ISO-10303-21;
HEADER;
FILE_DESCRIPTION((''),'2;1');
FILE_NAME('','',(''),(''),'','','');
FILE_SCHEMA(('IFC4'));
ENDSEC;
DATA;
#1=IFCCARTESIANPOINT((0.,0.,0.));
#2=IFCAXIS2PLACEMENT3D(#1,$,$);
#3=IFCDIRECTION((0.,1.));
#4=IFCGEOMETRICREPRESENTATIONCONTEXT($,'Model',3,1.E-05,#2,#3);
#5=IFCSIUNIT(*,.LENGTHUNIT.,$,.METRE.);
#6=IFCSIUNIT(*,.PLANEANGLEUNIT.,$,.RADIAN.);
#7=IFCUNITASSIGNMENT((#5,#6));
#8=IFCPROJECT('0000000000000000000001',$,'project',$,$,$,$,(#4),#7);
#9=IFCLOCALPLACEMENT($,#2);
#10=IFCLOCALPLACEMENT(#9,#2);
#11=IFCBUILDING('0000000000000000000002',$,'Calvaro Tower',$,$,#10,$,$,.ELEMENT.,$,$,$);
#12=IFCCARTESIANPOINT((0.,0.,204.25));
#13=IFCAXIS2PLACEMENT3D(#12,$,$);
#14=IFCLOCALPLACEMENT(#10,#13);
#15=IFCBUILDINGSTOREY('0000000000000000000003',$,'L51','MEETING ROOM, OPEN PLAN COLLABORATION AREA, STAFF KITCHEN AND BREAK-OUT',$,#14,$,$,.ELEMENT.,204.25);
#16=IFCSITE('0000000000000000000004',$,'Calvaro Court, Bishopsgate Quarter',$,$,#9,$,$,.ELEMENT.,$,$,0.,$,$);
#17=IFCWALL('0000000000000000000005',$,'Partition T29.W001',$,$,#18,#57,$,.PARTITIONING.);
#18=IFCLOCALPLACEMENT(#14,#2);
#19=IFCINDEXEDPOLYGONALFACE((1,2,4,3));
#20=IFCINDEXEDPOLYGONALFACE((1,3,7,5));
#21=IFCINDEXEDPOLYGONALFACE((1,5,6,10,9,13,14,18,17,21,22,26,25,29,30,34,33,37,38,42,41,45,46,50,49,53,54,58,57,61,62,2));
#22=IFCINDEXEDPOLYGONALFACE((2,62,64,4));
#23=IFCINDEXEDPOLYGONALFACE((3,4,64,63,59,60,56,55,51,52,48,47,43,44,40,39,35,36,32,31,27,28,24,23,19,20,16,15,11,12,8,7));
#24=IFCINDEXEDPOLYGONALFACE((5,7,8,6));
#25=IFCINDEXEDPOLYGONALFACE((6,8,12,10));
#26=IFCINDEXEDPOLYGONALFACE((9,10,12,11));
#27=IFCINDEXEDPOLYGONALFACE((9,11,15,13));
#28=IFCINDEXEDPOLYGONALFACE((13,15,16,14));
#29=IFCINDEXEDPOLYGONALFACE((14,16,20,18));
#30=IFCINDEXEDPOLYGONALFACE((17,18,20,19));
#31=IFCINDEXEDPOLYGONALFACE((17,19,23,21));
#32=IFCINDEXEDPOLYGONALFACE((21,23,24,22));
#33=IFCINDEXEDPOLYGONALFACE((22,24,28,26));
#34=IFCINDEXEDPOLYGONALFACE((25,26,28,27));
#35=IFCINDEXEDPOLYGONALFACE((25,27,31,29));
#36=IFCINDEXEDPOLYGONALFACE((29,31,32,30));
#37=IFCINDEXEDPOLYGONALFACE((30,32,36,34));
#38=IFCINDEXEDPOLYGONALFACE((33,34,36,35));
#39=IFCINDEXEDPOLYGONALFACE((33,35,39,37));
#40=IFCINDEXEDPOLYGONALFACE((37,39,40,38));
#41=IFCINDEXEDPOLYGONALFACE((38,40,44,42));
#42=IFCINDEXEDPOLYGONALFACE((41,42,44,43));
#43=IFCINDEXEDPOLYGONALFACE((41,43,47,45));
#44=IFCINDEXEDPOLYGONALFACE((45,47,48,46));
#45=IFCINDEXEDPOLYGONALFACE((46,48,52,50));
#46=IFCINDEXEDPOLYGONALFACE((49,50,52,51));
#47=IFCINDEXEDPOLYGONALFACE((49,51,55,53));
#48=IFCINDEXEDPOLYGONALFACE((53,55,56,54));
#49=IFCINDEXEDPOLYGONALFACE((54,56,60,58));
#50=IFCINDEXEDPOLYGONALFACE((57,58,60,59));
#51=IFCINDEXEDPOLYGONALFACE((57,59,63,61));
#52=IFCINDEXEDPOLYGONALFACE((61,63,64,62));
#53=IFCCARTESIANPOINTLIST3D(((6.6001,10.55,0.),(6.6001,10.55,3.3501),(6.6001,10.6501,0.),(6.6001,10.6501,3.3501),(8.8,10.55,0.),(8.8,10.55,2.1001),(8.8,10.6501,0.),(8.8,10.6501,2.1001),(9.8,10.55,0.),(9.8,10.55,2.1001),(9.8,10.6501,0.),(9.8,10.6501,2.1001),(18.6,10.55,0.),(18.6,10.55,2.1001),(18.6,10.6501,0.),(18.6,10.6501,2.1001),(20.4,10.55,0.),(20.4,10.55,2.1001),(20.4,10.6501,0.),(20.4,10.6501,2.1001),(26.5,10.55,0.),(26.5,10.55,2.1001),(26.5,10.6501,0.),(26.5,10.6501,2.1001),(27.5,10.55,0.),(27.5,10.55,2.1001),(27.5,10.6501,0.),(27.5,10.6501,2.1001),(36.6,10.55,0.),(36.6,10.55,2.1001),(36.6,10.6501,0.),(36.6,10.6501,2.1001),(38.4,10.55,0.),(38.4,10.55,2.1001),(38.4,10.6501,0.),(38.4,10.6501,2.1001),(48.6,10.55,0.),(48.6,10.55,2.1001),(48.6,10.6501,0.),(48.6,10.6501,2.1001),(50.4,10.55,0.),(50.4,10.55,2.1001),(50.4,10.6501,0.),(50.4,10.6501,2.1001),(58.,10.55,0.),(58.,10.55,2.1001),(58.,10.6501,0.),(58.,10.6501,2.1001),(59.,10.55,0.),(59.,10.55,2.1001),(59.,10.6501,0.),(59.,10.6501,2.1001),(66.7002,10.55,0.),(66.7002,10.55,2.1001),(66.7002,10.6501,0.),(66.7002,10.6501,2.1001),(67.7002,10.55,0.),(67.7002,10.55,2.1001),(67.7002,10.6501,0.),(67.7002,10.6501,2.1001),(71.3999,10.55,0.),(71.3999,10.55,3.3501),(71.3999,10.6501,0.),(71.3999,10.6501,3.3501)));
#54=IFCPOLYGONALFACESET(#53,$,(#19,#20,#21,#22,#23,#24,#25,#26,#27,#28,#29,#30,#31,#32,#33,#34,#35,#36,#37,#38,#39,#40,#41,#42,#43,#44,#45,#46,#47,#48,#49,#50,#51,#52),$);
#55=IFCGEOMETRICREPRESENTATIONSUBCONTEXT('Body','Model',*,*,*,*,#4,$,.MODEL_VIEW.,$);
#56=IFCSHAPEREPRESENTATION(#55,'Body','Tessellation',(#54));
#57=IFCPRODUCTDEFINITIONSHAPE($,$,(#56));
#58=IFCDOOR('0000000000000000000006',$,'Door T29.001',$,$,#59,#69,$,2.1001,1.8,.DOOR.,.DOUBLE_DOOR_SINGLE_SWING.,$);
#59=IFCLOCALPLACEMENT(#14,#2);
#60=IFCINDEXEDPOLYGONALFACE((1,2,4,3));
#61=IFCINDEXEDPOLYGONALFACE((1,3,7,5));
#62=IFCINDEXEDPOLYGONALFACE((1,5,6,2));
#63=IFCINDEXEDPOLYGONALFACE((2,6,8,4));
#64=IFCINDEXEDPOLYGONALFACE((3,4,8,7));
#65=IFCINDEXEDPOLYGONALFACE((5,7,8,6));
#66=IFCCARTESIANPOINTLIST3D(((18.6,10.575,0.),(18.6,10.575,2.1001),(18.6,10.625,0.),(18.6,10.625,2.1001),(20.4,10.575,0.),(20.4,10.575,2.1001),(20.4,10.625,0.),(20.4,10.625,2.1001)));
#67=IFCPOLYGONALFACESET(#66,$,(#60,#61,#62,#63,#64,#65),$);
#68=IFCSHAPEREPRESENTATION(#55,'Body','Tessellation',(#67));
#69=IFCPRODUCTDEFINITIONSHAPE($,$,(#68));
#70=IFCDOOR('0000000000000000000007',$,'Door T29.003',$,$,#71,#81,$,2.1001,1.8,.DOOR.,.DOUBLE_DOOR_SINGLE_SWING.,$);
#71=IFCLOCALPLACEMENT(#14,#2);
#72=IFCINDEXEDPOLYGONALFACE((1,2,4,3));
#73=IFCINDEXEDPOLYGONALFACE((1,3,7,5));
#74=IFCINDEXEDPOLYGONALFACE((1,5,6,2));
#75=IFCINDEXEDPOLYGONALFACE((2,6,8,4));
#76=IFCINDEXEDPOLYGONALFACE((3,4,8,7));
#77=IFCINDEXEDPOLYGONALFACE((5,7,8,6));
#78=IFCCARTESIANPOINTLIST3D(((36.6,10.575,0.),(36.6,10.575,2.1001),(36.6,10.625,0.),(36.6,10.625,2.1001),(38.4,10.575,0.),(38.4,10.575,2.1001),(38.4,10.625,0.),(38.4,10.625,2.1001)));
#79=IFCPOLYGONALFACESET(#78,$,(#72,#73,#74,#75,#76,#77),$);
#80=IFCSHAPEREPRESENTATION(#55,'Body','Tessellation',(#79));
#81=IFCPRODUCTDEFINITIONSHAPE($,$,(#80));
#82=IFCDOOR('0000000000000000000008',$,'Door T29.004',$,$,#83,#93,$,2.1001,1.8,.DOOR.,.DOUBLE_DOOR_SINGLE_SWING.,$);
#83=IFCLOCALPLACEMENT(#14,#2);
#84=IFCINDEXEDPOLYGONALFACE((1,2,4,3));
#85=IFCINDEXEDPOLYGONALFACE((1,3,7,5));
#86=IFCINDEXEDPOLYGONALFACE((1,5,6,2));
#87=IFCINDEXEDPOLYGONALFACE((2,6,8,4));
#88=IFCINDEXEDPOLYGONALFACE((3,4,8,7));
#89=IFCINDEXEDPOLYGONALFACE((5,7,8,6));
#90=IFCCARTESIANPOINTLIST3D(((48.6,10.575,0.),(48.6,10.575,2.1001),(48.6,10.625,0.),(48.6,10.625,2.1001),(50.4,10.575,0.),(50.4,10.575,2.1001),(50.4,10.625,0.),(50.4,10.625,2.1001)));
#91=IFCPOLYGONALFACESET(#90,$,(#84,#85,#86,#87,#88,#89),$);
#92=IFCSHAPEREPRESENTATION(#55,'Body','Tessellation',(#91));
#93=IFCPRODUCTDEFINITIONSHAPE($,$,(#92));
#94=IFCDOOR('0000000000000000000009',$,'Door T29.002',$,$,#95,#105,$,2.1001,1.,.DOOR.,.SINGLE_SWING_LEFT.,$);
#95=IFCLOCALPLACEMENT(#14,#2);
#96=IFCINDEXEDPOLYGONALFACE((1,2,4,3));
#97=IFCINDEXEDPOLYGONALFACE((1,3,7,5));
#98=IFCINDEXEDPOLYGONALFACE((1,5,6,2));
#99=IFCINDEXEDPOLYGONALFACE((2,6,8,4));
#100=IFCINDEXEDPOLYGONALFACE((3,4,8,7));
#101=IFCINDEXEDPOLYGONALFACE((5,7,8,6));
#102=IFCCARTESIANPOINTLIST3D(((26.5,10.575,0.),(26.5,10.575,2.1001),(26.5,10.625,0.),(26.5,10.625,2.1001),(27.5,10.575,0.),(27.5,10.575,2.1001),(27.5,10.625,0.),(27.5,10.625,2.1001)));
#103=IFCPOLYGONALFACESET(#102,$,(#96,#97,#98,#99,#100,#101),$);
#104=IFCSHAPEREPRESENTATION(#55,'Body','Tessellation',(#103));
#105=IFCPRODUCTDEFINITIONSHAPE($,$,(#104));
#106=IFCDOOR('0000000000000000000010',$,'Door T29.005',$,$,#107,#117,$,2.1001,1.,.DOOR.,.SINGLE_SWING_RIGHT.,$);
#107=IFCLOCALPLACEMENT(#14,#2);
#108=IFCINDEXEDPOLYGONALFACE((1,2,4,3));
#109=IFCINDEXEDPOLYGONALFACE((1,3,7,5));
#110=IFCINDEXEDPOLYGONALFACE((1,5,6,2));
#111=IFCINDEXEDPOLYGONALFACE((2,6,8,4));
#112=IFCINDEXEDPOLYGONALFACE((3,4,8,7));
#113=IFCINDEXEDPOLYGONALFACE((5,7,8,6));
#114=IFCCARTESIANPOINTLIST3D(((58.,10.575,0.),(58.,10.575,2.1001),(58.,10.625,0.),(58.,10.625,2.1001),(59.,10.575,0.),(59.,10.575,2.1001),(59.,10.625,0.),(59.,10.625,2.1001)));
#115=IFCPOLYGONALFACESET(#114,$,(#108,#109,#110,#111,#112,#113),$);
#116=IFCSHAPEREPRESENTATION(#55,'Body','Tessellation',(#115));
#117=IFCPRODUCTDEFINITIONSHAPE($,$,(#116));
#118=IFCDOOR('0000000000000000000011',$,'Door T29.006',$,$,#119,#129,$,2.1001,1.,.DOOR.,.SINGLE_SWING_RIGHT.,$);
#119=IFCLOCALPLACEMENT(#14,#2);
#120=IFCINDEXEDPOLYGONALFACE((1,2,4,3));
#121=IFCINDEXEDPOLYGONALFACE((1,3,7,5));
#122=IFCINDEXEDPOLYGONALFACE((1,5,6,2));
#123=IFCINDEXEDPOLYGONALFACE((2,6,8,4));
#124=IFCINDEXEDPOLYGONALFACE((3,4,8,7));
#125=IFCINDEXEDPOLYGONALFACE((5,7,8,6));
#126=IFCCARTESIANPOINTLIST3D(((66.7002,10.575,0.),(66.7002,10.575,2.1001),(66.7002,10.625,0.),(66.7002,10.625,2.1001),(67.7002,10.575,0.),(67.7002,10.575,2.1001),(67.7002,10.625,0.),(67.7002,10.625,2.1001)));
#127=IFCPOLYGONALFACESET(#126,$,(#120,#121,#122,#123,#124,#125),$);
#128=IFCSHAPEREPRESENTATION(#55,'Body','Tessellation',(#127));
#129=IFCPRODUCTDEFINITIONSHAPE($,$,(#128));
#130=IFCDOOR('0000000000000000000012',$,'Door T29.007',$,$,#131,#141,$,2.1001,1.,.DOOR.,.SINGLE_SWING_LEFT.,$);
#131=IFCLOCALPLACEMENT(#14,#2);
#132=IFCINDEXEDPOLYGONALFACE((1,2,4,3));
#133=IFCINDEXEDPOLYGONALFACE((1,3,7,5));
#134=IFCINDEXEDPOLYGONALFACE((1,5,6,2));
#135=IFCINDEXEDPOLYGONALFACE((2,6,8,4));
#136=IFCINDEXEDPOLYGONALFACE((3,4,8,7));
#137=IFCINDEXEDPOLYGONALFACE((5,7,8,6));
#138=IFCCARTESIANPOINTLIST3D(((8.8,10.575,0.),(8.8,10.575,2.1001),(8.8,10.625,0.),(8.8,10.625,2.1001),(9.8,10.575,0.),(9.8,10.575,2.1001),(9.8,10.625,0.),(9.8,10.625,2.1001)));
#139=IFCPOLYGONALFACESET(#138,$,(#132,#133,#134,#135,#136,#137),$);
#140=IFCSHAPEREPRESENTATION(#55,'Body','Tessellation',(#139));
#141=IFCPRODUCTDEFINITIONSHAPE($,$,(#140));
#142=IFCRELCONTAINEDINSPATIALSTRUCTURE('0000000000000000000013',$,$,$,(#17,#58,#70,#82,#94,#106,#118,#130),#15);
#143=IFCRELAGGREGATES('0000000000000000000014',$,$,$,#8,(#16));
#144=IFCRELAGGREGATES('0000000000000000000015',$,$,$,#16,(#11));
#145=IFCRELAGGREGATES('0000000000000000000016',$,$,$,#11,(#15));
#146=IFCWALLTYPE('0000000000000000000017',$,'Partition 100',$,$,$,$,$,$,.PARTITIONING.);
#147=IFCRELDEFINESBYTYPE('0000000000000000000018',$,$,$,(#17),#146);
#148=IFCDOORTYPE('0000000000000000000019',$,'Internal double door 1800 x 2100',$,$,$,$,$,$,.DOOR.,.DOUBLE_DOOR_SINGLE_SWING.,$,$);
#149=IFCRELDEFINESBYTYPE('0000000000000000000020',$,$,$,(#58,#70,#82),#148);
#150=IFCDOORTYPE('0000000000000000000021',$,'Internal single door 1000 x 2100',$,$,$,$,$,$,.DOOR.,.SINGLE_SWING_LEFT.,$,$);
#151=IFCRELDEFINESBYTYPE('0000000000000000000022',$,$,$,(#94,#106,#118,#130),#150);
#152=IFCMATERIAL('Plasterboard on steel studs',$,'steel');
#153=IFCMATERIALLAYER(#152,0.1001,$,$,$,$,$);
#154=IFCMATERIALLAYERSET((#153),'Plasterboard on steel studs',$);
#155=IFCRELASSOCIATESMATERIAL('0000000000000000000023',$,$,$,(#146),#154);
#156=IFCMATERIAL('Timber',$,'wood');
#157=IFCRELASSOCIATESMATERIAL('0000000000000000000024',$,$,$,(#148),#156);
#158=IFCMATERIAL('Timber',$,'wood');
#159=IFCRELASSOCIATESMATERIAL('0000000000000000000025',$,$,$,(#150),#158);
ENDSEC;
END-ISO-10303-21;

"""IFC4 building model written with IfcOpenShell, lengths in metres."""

from ifc_helpers import new_model, si_unit, direction, frame, frame_2d, origin, place, context, subcontext, project, spatial, rectangle, extrude, material, layer, layer_set, type_object, element, fill, save


model = new_model("IFC4")

# Units and contexts
model_context = context("Model", 3, precision=1e-05, world=origin(), true_north=direction((0.0, 1.0)))
body_context = subcontext(model_context, "Body", "Model", "MODEL_VIEW")
ifc_project = project(units=[si_unit("LENGTHUNIT", "METRE"), si_unit("PLANEANGLEUNIT", "RADIAN")], contexts=[model_context])

# Site, building, storey
site_placement = place(None, origin())
site = spatial("IfcSite", under=ifc_project, at=site_placement, Name="Calvaro Court, Bishopsgate Quarter", CompositionType="ELEMENT", RefElevation=0.0)
building_placement = place(site_placement, origin())
building = spatial("IfcBuilding", under=site, at=building_placement, Name="Calvaro Tower", CompositionType="ELEMENT")
storey_placement = place(building_placement, frame((0.0, 0.0, 204.25)))
storey = spatial("IfcBuildingStorey", under=building, at=storey_placement, Name="L51", Description="MEETING ROOM, OPEN PLAN COLLABORATION AREA, STAFF KITCHEN AND BREAK-OUT", CompositionType="ELEMENT", Elevation=204.25)

# Wall, openings, doors
ifc_material_1 = material(Name="Plasterboard on steel studs", Category="steel")
ifc_layer_1 = layer(ifc_material_1, 0.1001)
ifc_layer_set_1 = layer_set([ifc_layer_1], Name="Plasterboard on steel studs")
wall_type_1 = type_object("IfcWallType", Name="Partition 100", PredefinedType="PARTITIONING", material=ifc_layer_set_1)
wall_1_placement = place(storey_placement, frame((6.6001, 10.6001, 0.0), z_axis=(0.0, 0.0, 1.0), x_axis=(1.0, 0.0, 0.0)))
wall_1 = element("IfcWall", 1, at=wall_1_placement, inside=storey, type_object=wall_type_1, Name="Partition T29.W001", PredefinedType="PARTITIONING", context=body_context, shape_type="SweptSolid", body=[
    extrude(rectangle(XDim=64.7998, YDim=0.1001, at=frame_2d((32.3999, 0.0))), origin(), (0.0, 0.0, 1.0), 3.3501),
])
opening_1_placement = place(wall_1_placement, frame((12.0, 0.0, 0.0)))
opening_1 = element("IfcOpeningElement", 2, at=opening_1_placement, cuts=wall_1, PredefinedType="OPENING", context=body_context, shape_type="SweptSolid", body=[
    extrude(rectangle(XDim=1.8, YDim=2.1001, at=frame_2d((0.8999, 1.05))), frame((0.0, 0.0601, 0.0), z_axis=(0.0, -1.0, 0.0), x_axis=(1.0, 0.0, 0.0)), (0.0, 0.0, 1.0), 0.1201),
])
opening_2_placement = place(wall_1_placement, frame((19.8999, 0.0, 0.0)))
opening_2 = element("IfcOpeningElement", 3, at=opening_2_placement, cuts=wall_1, PredefinedType="OPENING", context=body_context, shape_type="SweptSolid", body=[
    extrude(rectangle(XDim=1.0, YDim=2.1001, at=frame_2d((0.5, 1.05))), frame((0.0, 0.0601, 0.0), z_axis=(0.0, -1.0, 0.0), x_axis=(1.0, 0.0, 0.0)), (0.0, 0.0, 1.0), 0.1201),
])
opening_3_placement = place(wall_1_placement, frame((30.0, 0.0, 0.0)))
opening_3 = element("IfcOpeningElement", 4, at=opening_3_placement, cuts=wall_1, PredefinedType="OPENING", context=body_context, shape_type="SweptSolid", body=[
    extrude(rectangle(XDim=1.8, YDim=2.1001, at=frame_2d((0.8999, 1.05))), frame((0.0, 0.0601, 0.0), z_axis=(0.0, -1.0, 0.0), x_axis=(1.0, 0.0, 0.0)), (0.0, 0.0, 1.0), 0.1201),
])
opening_4_placement = place(wall_1_placement, frame((42.0, 0.0, 0.0)))
opening_4 = element("IfcOpeningElement", 5, at=opening_4_placement, cuts=wall_1, PredefinedType="OPENING", context=body_context, shape_type="SweptSolid", body=[
    extrude(rectangle(XDim=1.8, YDim=2.1001, at=frame_2d((0.8999, 1.05))), frame((0.0, 0.0601, 0.0), z_axis=(0.0, -1.0, 0.0), x_axis=(1.0, 0.0, 0.0)), (0.0, 0.0, 1.0), 0.1201),
])
opening_5_placement = place(wall_1_placement, frame((51.3999, 0.0, 0.0)))
opening_5 = element("IfcOpeningElement", 6, at=opening_5_placement, cuts=wall_1, PredefinedType="OPENING", context=body_context, shape_type="SweptSolid", body=[
    extrude(rectangle(XDim=1.0, YDim=2.1001, at=frame_2d((0.5, 1.05))), frame((0.0, 0.0601, 0.0), z_axis=(0.0, -1.0, 0.0), x_axis=(1.0, 0.0, 0.0)), (0.0, 0.0, 1.0), 0.1201),
])
opening_6_placement = place(wall_1_placement, frame((60.1001, 0.0, 0.0)))
opening_6 = element("IfcOpeningElement", 7, at=opening_6_placement, cuts=wall_1, PredefinedType="OPENING", context=body_context, shape_type="SweptSolid", body=[
    extrude(rectangle(XDim=1.0, YDim=2.1001, at=frame_2d((0.5, 1.05))), frame((0.0, 0.0601, 0.0), z_axis=(0.0, -1.0, 0.0), x_axis=(1.0, 0.0, 0.0)), (0.0, 0.0, 1.0), 0.1201),
])
opening_7_placement = place(wall_1_placement, frame((2.2, 0.0, 0.0)))
opening_7 = element("IfcOpeningElement", 8, at=opening_7_placement, cuts=wall_1, PredefinedType="OPENING", context=body_context, shape_type="SweptSolid", body=[
    extrude(rectangle(XDim=1.0, YDim=2.1001, at=frame_2d((0.5, 1.05))), frame((0.0, 0.0601, 0.0), z_axis=(0.0, -1.0, 0.0), x_axis=(1.0, 0.0, 0.0)), (0.0, 0.0, 1.0), 0.1201),
])
ifc_material_2 = material(Name="Timber", Category="wood")
door_type_1 = type_object("IfcDoorType", Name="Internal double door 1800 x 2100", OperationType="DOUBLE_DOOR_SINGLE_SWING", PredefinedType="DOOR", material=ifc_material_2)
door_1_placement = place(opening_1_placement, origin())
door_1 = element("IfcDoor", 9, at=door_1_placement, inside=storey, type_object=door_type_1, Name="Door T29.001", OperationType="DOUBLE_DOOR_SINGLE_SWING", OverallHeight=2.1001, OverallWidth=1.8, PredefinedType="DOOR", context=body_context, shape_type="SweptSolid", body=[
    extrude(rectangle(XDim=1.8, YDim=2.1001, at=frame_2d((0.8999, 1.05))), frame((0.0, 0.0249, 0.0), z_axis=(0.0, -1.0, 0.0), x_axis=(1.0, 0.0, 0.0)), (0.0, 0.0, 1.0), 0.05),
])
fill(opening_1, door_1)
door_2_placement = place(opening_3_placement, origin())
door_2 = element("IfcDoor", 10, at=door_2_placement, inside=storey, type_object=door_type_1, Name="Door T29.003", OperationType="DOUBLE_DOOR_SINGLE_SWING", OverallHeight=2.1001, OverallWidth=1.8, PredefinedType="DOOR", context=body_context, shape_type="SweptSolid", body=[
    extrude(rectangle(XDim=1.8, YDim=2.1001, at=frame_2d((0.8999, 1.05))), frame((0.0, 0.0249, 0.0), z_axis=(0.0, -1.0, 0.0), x_axis=(1.0, 0.0, 0.0)), (0.0, 0.0, 1.0), 0.05),
])
fill(opening_3, door_2)
door_3_placement = place(opening_4_placement, origin())
door_3 = element("IfcDoor", 11, at=door_3_placement, inside=storey, type_object=door_type_1, Name="Door T29.004", OperationType="DOUBLE_DOOR_SINGLE_SWING", OverallHeight=2.1001, OverallWidth=1.8, PredefinedType="DOOR", context=body_context, shape_type="SweptSolid", body=[
    extrude(rectangle(XDim=1.8, YDim=2.1001, at=frame_2d((0.8999, 1.05))), frame((0.0, 0.0249, 0.0), z_axis=(0.0, -1.0, 0.0), x_axis=(1.0, 0.0, 0.0)), (0.0, 0.0, 1.0), 0.05),
])
fill(opening_4, door_3)
ifc_material_3 = material(Name="Timber", Category="wood")
door_type_2 = type_object("IfcDoorType", Name="Internal single door 1000 x 2100", OperationType="SINGLE_SWING_LEFT", PredefinedType="DOOR", material=ifc_material_3)
door_4_placement = place(opening_2_placement, origin())
door_4 = element("IfcDoor", 12, at=door_4_placement, inside=storey, type_object=door_type_2, Name="Door T29.002", OperationType="SINGLE_SWING_LEFT", OverallHeight=2.1001, OverallWidth=1.0, PredefinedType="DOOR", context=body_context, shape_type="SweptSolid", body=[
    extrude(rectangle(XDim=1.0, YDim=2.1001, at=frame_2d((0.5, 1.05))), frame((0.0, 0.0249, 0.0), z_axis=(0.0, -1.0, 0.0), x_axis=(1.0, 0.0, 0.0)), (0.0, 0.0, 1.0), 0.05),
])
fill(opening_2, door_4)
door_5_placement = place(opening_5_placement, origin())
door_5 = element("IfcDoor", 13, at=door_5_placement, inside=storey, type_object=door_type_2, Name="Door T29.005", OperationType="SINGLE_SWING_RIGHT", OverallHeight=2.1001, OverallWidth=1.0, PredefinedType="DOOR", context=body_context, shape_type="SweptSolid", body=[
    extrude(rectangle(XDim=1.0, YDim=2.1001, at=frame_2d((0.5, 1.05))), frame((0.0, 0.0249, 0.0), z_axis=(0.0, -1.0, 0.0), x_axis=(1.0, 0.0, 0.0)), (0.0, 0.0, 1.0), 0.05),
])
fill(opening_5, door_5)
door_6_placement = place(opening_6_placement, origin())
door_6 = element("IfcDoor", 14, at=door_6_placement, inside=storey, type_object=door_type_2, Name="Door T29.006", OperationType="SINGLE_SWING_RIGHT", OverallHeight=2.1001, OverallWidth=1.0, PredefinedType="DOOR", context=body_context, shape_type="SweptSolid", body=[
    extrude(rectangle(XDim=1.0, YDim=2.1001, at=frame_2d((0.5, 1.05))), frame((0.0, 0.0249, 0.0), z_axis=(0.0, -1.0, 0.0), x_axis=(1.0, 0.0, 0.0)), (0.0, 0.0, 1.0), 0.05),
])
fill(opening_6, door_6)
door_7_placement = place(opening_7_placement, origin())
door_7 = element("IfcDoor", 15, at=door_7_placement, inside=storey, type_object=door_type_2, Name="Door T29.007", OperationType="SINGLE_SWING_LEFT", OverallHeight=2.1001, OverallWidth=1.0, PredefinedType="DOOR", context=body_context, shape_type="SweptSolid", body=[
    extrude(rectangle(XDim=1.0, YDim=2.1001, at=frame_2d((0.5, 1.05))), frame((0.0, 0.0249, 0.0), z_axis=(0.0, -1.0, 0.0), x_axis=(1.0, 0.0, 0.0)), (0.0, 0.0, 1.0), 0.05),
])
fill(opening_7, door_7)

save(model, "model.ifc")
